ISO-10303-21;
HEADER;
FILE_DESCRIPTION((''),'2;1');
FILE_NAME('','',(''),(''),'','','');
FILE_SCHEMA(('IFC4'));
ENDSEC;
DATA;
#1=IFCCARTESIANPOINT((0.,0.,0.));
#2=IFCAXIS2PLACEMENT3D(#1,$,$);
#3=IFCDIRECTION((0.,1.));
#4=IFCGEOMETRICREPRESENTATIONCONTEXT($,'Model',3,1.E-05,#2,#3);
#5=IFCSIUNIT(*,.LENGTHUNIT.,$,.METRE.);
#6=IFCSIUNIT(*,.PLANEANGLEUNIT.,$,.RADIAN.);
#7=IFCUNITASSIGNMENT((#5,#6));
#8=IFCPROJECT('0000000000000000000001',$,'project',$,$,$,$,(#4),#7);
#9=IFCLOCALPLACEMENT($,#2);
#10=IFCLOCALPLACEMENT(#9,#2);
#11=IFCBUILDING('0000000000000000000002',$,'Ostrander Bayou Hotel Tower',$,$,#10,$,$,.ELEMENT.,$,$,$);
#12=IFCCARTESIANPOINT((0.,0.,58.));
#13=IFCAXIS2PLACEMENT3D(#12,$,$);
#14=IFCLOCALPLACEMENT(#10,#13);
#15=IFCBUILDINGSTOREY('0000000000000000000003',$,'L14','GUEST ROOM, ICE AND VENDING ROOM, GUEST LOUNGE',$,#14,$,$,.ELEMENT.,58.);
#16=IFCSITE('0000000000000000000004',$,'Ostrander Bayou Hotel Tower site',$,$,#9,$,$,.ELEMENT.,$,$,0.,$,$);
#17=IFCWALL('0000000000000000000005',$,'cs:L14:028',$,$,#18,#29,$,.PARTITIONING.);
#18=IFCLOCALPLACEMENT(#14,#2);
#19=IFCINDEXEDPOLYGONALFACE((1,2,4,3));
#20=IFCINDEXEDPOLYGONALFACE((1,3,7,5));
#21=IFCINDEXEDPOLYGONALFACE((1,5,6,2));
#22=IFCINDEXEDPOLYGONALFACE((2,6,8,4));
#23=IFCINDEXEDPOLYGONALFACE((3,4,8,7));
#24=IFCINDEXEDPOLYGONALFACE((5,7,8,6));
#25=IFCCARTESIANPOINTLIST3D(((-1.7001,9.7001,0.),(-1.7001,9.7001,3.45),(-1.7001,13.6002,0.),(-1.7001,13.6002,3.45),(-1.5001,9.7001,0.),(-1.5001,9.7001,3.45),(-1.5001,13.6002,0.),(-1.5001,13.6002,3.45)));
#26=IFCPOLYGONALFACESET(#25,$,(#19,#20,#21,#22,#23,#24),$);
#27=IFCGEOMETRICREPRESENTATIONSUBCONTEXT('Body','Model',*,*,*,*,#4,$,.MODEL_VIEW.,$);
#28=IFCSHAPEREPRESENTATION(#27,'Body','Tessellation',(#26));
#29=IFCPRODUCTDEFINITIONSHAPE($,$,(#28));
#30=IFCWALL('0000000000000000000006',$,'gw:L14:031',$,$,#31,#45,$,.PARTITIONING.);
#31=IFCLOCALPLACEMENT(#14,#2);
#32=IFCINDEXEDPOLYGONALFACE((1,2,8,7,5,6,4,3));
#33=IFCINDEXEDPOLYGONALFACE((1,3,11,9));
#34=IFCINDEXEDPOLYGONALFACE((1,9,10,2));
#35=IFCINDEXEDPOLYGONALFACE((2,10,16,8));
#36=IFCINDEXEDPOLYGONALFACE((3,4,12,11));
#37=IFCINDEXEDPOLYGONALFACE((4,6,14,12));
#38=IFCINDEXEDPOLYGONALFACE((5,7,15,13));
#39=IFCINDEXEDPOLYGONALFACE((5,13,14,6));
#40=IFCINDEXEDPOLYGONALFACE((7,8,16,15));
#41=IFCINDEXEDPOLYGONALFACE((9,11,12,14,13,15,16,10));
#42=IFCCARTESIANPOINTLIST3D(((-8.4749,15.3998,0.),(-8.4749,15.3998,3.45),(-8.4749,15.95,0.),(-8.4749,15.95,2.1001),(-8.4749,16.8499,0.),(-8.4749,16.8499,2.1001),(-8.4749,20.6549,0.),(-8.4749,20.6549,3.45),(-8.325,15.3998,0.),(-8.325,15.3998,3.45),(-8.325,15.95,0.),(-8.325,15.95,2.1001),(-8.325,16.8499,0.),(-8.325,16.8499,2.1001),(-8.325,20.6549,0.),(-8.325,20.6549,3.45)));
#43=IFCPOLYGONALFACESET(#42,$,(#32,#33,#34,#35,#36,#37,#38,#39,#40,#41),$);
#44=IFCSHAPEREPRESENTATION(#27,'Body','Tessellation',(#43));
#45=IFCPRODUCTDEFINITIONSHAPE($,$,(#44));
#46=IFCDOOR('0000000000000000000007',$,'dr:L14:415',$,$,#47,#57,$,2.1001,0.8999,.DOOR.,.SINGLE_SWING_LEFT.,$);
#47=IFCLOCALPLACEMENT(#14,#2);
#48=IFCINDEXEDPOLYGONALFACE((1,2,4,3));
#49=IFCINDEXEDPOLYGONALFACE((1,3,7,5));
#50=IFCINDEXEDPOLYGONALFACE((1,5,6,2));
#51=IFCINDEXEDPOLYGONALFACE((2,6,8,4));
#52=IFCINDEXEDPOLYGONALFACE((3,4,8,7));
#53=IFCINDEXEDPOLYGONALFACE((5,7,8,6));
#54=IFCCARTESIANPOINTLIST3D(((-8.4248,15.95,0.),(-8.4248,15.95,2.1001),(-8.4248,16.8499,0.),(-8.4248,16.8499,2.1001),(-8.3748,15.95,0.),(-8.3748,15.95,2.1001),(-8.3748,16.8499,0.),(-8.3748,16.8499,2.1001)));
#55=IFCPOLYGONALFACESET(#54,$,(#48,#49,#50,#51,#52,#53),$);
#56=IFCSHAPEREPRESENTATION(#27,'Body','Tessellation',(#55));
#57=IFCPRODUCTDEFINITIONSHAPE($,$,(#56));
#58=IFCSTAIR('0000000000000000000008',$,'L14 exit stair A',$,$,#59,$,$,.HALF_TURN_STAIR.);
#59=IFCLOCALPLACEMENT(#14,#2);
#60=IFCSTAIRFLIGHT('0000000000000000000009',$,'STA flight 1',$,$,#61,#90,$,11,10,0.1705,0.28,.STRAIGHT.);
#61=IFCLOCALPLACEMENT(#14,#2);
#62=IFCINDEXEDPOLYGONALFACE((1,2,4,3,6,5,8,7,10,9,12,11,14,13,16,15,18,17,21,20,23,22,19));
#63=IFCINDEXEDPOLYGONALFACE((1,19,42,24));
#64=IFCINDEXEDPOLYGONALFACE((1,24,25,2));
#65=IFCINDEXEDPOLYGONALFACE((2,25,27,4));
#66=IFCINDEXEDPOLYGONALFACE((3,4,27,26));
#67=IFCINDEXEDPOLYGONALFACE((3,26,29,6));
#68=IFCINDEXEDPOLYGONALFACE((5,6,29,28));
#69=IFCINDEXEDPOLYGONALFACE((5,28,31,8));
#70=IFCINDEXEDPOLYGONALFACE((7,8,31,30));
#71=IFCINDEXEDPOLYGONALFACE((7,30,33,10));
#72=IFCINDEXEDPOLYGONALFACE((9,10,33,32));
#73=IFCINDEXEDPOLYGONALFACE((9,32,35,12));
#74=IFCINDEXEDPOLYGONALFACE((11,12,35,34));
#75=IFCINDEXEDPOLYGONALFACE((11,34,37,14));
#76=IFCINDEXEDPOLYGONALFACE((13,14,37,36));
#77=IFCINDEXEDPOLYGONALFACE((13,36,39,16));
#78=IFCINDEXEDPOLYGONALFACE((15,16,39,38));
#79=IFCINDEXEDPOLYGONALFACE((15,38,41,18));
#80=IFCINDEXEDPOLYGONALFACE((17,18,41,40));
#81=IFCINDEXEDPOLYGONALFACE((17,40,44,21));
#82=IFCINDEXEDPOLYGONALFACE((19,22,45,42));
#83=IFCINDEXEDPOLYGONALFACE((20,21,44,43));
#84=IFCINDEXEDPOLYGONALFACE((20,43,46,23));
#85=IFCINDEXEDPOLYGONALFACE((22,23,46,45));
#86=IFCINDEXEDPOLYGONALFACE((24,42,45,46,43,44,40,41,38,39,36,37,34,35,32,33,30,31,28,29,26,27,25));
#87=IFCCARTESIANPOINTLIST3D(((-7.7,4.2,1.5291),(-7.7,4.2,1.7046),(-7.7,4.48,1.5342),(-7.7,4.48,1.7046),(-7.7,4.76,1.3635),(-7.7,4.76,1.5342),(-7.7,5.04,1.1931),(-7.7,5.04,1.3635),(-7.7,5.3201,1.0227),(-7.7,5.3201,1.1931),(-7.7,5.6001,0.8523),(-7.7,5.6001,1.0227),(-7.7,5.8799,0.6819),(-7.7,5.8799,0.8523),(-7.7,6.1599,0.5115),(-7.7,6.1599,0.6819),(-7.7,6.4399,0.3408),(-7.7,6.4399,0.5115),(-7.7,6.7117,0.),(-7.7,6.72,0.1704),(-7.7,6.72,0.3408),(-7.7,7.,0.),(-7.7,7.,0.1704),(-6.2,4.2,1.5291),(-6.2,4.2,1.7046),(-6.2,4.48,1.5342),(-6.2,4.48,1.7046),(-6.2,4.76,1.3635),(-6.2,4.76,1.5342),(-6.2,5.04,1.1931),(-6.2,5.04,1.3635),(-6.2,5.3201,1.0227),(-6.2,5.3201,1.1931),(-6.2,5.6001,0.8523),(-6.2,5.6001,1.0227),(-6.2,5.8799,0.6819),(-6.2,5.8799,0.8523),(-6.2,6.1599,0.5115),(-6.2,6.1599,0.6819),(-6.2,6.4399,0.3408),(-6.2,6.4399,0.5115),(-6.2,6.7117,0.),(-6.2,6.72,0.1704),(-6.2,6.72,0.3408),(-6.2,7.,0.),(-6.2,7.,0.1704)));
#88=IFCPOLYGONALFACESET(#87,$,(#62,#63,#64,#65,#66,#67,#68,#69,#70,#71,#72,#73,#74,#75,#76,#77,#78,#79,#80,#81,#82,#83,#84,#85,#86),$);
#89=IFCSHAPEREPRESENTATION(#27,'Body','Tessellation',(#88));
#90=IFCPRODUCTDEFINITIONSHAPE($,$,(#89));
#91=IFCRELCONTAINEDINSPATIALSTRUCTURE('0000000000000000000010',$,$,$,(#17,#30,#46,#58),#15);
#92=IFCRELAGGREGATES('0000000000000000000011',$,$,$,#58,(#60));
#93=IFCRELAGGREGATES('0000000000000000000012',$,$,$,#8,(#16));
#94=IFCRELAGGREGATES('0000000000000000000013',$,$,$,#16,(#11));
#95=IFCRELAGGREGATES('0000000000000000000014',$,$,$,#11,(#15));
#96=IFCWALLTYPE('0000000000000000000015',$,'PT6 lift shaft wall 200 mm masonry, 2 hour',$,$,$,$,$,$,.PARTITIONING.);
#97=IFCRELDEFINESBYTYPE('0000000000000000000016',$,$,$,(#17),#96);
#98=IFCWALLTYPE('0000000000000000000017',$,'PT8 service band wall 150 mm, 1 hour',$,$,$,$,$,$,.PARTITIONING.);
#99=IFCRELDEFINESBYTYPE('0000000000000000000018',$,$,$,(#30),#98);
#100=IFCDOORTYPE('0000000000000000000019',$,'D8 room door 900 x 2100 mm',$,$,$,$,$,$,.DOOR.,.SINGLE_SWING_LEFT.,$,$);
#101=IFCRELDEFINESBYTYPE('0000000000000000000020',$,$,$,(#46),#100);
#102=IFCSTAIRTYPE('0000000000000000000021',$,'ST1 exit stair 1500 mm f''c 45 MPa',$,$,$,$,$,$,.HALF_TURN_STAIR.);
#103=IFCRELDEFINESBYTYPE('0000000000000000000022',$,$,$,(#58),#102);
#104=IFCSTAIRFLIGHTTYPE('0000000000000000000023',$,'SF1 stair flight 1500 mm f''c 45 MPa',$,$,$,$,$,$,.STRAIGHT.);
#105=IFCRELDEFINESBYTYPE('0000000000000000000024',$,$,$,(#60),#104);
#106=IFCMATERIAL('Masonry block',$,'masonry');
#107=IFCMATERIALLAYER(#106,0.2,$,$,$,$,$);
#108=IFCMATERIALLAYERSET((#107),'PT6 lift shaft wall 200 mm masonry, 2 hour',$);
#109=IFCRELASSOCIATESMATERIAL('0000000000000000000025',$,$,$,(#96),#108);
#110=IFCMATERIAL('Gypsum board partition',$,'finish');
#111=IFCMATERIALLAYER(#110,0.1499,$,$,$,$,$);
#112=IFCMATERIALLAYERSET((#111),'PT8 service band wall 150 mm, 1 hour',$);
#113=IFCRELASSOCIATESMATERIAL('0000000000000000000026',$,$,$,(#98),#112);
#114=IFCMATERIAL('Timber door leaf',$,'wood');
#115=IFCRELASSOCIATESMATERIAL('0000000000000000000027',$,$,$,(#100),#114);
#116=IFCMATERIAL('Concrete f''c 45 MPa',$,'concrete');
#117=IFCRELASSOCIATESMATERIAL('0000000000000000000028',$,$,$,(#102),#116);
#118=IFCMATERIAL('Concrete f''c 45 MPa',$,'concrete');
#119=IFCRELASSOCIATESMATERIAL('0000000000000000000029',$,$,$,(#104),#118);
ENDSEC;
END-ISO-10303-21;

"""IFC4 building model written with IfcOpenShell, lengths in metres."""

from ifc_helpers import new_model, si_unit, direction, frame, frame_2d, origin, place, context, subcontext, project, spatial, polyline, rectangle, outline, extrude, material, layer, layer_set, type_object, element, fill, aggregate, save


model = new_model("IFC4")

# Units and contexts
model_context = context("Model", 3, precision=1e-05, world=origin(), true_north=direction((0.0, 1.0)))
body_context = subcontext(model_context, "Body", "Model", "MODEL_VIEW")
ifc_project = project(units=[si_unit("LENGTHUNIT", "METRE"), si_unit("PLANEANGLEUNIT", "RADIAN")], contexts=[model_context])

# Site, building, storey
site_placement = place(None, origin())
site = spatial("IfcSite", under=ifc_project, at=site_placement, Name="Ostrander Bayou Hotel Tower site", CompositionType="ELEMENT", RefElevation=0.0)
building_placement = place(site_placement, origin())
building = spatial("IfcBuilding", under=site, at=building_placement, Name="Ostrander Bayou Hotel Tower", CompositionType="ELEMENT")
storey_placement = place(building_placement, frame((0.0, 0.0, 58.0)))
storey = spatial("IfcBuildingStorey", under=building, at=storey_placement, Name="L14", Description="GUEST ROOM, ICE AND VENDING ROOM, GUEST LOUNGE", CompositionType="ELEMENT", Elevation=58.0)

# Wall
ifc_material_1 = material(Name="Masonry block", Category="masonry")
ifc_layer_1 = layer(ifc_material_1, 0.2)
ifc_layer_set_1 = layer_set([ifc_layer_1], Name="PT6 lift shaft wall 200 mm masonry, 2 hour")
wall_type_1 = type_object("IfcWallType", Name="PT6 lift shaft wall 200 mm masonry, 2 hour", PredefinedType="PARTITIONING", material=ifc_layer_set_1)
wall_1_placement = place(storey_placement, frame((-1.6001, 9.7, 0.0), z_axis=(0.0, 0.0, 1.0), x_axis=(0.0, 1.0, 0.0)))
element("IfcWall", 1, at=wall_1_placement, inside=storey, type_object=wall_type_1, Name="cs:L14:028", PredefinedType="PARTITIONING", context=body_context, shape_type="SweptSolid", body=[
    extrude(rectangle(XDim=3.9001, YDim=0.2, at=frame_2d((1.9502, 0.0))), origin(), (0.0, 0.0, 1.0), 3.45),
])

# Wall, opening, door
ifc_material_2 = material(Name="Gypsum board partition", Category="finish")
ifc_layer_2 = layer(ifc_material_2, 0.1499)
ifc_layer_set_2 = layer_set([ifc_layer_2], Name="PT8 service band wall 150 mm, 1 hour")
wall_type_2 = type_object("IfcWallType", Name="PT8 service band wall 150 mm, 1 hour", PredefinedType="PARTITIONING", material=ifc_layer_set_2)
wall_2_placement = place(storey_placement, frame((-8.3999, 15.3999, 0.0), z_axis=(0.0, 0.0, 1.0), x_axis=(0.0, 1.0, 0.0)))
wall_2 = element("IfcWall", 2, at=wall_2_placement, inside=storey, type_object=wall_type_2, Name="gw:L14:031", PredefinedType="PARTITIONING", context=body_context, shape_type="SweptSolid", body=[
    extrude(rectangle(XDim=5.2551, YDim=0.1499, at=frame_2d((2.6274, 0.0))), origin(), (0.0, 0.0, 1.0), 3.45),
])
opening_1_placement = place(wall_2_placement, frame((0.55, 0.0, 0.0)))
opening_1 = element("IfcOpeningElement", 3, at=opening_1_placement, cuts=wall_2, PredefinedType="OPENING", context=body_context, shape_type="SweptSolid", body=[
    extrude(rectangle(XDim=0.8999, YDim=2.1001, at=frame_2d((0.45, 1.05))), frame((0.0, 0.075, 0.0), z_axis=(0.0, -1.0, 0.0), x_axis=(1.0, 0.0, 0.0)), (0.0, 0.0, 1.0), 0.1499),
])
ifc_material_3 = material(Name="Timber door leaf", Category="wood")
door_type_1 = type_object("IfcDoorType", Name="D8 room door 900 x 2100 mm", OperationType="SINGLE_SWING_LEFT", PredefinedType="DOOR", material=ifc_material_3)
door_1_placement = place(opening_1_placement, origin())
door_1 = element("IfcDoor", 4, at=door_1_placement, inside=storey, type_object=door_type_1, Name="dr:L14:415", OperationType="SINGLE_SWING_LEFT", OverallHeight=2.1001, OverallWidth=0.8999, PredefinedType="DOOR", context=body_context, shape_type="SweptSolid", body=[
    extrude(rectangle(XDim=0.8999, YDim=2.1001, at=frame_2d((0.45, 1.05))), frame((0.0, 0.0249, 0.0), z_axis=(0.0, -1.0, 0.0), x_axis=(1.0, 0.0, 0.0)), (0.0, 0.0, 1.0), 0.05),
])
fill(opening_1, door_1)

# Stair, stair flight
ifc_material_4 = material(Name="Concrete f'c 45 MPa", Category="concrete")
stair_type = type_object("IfcStairType", Name="ST1 exit stair 1500 mm f'c 45 MPa", PredefinedType="HALF_TURN_STAIR", material=ifc_material_4)
stair_placement = place(storey_placement, origin())
stair = element("IfcStair", 5, at=stair_placement, inside=storey, type_object=stair_type, Name="L14 exit stair A", PredefinedType="HALF_TURN_STAIR")
ifc_material_5 = material(Name="Concrete f'c 45 MPa", Category="concrete")
stair_flight_type = type_object("IfcStairFlightType", Name="SF1 stair flight 1500 mm f'c 45 MPa", PredefinedType="STRAIGHT", material=ifc_material_5)
stair_flight_placement = place(storey_placement, frame((-6.95, 7.0, 0.0), z_axis=(0.0, 0.0, 1.0), x_axis=(0.0, -1.0, 0.0)))
stair_flight = element("IfcStairFlight", 6, at=stair_flight_placement, type_object=stair_flight_type, Name="STA flight 1", NumberOfRisers=11, NumberOfTreads=10, PredefinedType="STRAIGHT", RiserHeight=0.1705, TreadLength=0.28, context=body_context, shape_type="SweptSolid", body=[
    extrude(outline(polyline([(0.0, 0.0), (0.0, 0.1704), (0.28, 0.1704), (0.28, 0.3408), (0.5601, 0.3408), (0.5601, 0.5115), (0.8401, 0.5115), (0.8401, 0.6819), (1.1201, 0.6819), (1.1201, 0.8523), (1.3999, 0.8523), (1.3999, 1.0227), (1.6799, 1.0227), (1.6799, 1.1931), (1.96, 1.1931), (1.96, 1.3635), (2.24, 1.3635), (2.24, 1.5342), (2.52, 1.5342), (2.52, 1.7046), (2.8, 1.7046), (2.8, 1.875), (2.8, 1.5291), (0.2883, 0.0), (0.0, 0.0)])), frame((0.0, 0.75, 0.0), z_axis=(0.0, -1.0, 0.0), x_axis=(1.0, 0.0, 0.0)), (0.0, 0.0, 1.0), 1.5),
])
aggregate(stair, [stair_flight])

save(model, "model.ifc")
